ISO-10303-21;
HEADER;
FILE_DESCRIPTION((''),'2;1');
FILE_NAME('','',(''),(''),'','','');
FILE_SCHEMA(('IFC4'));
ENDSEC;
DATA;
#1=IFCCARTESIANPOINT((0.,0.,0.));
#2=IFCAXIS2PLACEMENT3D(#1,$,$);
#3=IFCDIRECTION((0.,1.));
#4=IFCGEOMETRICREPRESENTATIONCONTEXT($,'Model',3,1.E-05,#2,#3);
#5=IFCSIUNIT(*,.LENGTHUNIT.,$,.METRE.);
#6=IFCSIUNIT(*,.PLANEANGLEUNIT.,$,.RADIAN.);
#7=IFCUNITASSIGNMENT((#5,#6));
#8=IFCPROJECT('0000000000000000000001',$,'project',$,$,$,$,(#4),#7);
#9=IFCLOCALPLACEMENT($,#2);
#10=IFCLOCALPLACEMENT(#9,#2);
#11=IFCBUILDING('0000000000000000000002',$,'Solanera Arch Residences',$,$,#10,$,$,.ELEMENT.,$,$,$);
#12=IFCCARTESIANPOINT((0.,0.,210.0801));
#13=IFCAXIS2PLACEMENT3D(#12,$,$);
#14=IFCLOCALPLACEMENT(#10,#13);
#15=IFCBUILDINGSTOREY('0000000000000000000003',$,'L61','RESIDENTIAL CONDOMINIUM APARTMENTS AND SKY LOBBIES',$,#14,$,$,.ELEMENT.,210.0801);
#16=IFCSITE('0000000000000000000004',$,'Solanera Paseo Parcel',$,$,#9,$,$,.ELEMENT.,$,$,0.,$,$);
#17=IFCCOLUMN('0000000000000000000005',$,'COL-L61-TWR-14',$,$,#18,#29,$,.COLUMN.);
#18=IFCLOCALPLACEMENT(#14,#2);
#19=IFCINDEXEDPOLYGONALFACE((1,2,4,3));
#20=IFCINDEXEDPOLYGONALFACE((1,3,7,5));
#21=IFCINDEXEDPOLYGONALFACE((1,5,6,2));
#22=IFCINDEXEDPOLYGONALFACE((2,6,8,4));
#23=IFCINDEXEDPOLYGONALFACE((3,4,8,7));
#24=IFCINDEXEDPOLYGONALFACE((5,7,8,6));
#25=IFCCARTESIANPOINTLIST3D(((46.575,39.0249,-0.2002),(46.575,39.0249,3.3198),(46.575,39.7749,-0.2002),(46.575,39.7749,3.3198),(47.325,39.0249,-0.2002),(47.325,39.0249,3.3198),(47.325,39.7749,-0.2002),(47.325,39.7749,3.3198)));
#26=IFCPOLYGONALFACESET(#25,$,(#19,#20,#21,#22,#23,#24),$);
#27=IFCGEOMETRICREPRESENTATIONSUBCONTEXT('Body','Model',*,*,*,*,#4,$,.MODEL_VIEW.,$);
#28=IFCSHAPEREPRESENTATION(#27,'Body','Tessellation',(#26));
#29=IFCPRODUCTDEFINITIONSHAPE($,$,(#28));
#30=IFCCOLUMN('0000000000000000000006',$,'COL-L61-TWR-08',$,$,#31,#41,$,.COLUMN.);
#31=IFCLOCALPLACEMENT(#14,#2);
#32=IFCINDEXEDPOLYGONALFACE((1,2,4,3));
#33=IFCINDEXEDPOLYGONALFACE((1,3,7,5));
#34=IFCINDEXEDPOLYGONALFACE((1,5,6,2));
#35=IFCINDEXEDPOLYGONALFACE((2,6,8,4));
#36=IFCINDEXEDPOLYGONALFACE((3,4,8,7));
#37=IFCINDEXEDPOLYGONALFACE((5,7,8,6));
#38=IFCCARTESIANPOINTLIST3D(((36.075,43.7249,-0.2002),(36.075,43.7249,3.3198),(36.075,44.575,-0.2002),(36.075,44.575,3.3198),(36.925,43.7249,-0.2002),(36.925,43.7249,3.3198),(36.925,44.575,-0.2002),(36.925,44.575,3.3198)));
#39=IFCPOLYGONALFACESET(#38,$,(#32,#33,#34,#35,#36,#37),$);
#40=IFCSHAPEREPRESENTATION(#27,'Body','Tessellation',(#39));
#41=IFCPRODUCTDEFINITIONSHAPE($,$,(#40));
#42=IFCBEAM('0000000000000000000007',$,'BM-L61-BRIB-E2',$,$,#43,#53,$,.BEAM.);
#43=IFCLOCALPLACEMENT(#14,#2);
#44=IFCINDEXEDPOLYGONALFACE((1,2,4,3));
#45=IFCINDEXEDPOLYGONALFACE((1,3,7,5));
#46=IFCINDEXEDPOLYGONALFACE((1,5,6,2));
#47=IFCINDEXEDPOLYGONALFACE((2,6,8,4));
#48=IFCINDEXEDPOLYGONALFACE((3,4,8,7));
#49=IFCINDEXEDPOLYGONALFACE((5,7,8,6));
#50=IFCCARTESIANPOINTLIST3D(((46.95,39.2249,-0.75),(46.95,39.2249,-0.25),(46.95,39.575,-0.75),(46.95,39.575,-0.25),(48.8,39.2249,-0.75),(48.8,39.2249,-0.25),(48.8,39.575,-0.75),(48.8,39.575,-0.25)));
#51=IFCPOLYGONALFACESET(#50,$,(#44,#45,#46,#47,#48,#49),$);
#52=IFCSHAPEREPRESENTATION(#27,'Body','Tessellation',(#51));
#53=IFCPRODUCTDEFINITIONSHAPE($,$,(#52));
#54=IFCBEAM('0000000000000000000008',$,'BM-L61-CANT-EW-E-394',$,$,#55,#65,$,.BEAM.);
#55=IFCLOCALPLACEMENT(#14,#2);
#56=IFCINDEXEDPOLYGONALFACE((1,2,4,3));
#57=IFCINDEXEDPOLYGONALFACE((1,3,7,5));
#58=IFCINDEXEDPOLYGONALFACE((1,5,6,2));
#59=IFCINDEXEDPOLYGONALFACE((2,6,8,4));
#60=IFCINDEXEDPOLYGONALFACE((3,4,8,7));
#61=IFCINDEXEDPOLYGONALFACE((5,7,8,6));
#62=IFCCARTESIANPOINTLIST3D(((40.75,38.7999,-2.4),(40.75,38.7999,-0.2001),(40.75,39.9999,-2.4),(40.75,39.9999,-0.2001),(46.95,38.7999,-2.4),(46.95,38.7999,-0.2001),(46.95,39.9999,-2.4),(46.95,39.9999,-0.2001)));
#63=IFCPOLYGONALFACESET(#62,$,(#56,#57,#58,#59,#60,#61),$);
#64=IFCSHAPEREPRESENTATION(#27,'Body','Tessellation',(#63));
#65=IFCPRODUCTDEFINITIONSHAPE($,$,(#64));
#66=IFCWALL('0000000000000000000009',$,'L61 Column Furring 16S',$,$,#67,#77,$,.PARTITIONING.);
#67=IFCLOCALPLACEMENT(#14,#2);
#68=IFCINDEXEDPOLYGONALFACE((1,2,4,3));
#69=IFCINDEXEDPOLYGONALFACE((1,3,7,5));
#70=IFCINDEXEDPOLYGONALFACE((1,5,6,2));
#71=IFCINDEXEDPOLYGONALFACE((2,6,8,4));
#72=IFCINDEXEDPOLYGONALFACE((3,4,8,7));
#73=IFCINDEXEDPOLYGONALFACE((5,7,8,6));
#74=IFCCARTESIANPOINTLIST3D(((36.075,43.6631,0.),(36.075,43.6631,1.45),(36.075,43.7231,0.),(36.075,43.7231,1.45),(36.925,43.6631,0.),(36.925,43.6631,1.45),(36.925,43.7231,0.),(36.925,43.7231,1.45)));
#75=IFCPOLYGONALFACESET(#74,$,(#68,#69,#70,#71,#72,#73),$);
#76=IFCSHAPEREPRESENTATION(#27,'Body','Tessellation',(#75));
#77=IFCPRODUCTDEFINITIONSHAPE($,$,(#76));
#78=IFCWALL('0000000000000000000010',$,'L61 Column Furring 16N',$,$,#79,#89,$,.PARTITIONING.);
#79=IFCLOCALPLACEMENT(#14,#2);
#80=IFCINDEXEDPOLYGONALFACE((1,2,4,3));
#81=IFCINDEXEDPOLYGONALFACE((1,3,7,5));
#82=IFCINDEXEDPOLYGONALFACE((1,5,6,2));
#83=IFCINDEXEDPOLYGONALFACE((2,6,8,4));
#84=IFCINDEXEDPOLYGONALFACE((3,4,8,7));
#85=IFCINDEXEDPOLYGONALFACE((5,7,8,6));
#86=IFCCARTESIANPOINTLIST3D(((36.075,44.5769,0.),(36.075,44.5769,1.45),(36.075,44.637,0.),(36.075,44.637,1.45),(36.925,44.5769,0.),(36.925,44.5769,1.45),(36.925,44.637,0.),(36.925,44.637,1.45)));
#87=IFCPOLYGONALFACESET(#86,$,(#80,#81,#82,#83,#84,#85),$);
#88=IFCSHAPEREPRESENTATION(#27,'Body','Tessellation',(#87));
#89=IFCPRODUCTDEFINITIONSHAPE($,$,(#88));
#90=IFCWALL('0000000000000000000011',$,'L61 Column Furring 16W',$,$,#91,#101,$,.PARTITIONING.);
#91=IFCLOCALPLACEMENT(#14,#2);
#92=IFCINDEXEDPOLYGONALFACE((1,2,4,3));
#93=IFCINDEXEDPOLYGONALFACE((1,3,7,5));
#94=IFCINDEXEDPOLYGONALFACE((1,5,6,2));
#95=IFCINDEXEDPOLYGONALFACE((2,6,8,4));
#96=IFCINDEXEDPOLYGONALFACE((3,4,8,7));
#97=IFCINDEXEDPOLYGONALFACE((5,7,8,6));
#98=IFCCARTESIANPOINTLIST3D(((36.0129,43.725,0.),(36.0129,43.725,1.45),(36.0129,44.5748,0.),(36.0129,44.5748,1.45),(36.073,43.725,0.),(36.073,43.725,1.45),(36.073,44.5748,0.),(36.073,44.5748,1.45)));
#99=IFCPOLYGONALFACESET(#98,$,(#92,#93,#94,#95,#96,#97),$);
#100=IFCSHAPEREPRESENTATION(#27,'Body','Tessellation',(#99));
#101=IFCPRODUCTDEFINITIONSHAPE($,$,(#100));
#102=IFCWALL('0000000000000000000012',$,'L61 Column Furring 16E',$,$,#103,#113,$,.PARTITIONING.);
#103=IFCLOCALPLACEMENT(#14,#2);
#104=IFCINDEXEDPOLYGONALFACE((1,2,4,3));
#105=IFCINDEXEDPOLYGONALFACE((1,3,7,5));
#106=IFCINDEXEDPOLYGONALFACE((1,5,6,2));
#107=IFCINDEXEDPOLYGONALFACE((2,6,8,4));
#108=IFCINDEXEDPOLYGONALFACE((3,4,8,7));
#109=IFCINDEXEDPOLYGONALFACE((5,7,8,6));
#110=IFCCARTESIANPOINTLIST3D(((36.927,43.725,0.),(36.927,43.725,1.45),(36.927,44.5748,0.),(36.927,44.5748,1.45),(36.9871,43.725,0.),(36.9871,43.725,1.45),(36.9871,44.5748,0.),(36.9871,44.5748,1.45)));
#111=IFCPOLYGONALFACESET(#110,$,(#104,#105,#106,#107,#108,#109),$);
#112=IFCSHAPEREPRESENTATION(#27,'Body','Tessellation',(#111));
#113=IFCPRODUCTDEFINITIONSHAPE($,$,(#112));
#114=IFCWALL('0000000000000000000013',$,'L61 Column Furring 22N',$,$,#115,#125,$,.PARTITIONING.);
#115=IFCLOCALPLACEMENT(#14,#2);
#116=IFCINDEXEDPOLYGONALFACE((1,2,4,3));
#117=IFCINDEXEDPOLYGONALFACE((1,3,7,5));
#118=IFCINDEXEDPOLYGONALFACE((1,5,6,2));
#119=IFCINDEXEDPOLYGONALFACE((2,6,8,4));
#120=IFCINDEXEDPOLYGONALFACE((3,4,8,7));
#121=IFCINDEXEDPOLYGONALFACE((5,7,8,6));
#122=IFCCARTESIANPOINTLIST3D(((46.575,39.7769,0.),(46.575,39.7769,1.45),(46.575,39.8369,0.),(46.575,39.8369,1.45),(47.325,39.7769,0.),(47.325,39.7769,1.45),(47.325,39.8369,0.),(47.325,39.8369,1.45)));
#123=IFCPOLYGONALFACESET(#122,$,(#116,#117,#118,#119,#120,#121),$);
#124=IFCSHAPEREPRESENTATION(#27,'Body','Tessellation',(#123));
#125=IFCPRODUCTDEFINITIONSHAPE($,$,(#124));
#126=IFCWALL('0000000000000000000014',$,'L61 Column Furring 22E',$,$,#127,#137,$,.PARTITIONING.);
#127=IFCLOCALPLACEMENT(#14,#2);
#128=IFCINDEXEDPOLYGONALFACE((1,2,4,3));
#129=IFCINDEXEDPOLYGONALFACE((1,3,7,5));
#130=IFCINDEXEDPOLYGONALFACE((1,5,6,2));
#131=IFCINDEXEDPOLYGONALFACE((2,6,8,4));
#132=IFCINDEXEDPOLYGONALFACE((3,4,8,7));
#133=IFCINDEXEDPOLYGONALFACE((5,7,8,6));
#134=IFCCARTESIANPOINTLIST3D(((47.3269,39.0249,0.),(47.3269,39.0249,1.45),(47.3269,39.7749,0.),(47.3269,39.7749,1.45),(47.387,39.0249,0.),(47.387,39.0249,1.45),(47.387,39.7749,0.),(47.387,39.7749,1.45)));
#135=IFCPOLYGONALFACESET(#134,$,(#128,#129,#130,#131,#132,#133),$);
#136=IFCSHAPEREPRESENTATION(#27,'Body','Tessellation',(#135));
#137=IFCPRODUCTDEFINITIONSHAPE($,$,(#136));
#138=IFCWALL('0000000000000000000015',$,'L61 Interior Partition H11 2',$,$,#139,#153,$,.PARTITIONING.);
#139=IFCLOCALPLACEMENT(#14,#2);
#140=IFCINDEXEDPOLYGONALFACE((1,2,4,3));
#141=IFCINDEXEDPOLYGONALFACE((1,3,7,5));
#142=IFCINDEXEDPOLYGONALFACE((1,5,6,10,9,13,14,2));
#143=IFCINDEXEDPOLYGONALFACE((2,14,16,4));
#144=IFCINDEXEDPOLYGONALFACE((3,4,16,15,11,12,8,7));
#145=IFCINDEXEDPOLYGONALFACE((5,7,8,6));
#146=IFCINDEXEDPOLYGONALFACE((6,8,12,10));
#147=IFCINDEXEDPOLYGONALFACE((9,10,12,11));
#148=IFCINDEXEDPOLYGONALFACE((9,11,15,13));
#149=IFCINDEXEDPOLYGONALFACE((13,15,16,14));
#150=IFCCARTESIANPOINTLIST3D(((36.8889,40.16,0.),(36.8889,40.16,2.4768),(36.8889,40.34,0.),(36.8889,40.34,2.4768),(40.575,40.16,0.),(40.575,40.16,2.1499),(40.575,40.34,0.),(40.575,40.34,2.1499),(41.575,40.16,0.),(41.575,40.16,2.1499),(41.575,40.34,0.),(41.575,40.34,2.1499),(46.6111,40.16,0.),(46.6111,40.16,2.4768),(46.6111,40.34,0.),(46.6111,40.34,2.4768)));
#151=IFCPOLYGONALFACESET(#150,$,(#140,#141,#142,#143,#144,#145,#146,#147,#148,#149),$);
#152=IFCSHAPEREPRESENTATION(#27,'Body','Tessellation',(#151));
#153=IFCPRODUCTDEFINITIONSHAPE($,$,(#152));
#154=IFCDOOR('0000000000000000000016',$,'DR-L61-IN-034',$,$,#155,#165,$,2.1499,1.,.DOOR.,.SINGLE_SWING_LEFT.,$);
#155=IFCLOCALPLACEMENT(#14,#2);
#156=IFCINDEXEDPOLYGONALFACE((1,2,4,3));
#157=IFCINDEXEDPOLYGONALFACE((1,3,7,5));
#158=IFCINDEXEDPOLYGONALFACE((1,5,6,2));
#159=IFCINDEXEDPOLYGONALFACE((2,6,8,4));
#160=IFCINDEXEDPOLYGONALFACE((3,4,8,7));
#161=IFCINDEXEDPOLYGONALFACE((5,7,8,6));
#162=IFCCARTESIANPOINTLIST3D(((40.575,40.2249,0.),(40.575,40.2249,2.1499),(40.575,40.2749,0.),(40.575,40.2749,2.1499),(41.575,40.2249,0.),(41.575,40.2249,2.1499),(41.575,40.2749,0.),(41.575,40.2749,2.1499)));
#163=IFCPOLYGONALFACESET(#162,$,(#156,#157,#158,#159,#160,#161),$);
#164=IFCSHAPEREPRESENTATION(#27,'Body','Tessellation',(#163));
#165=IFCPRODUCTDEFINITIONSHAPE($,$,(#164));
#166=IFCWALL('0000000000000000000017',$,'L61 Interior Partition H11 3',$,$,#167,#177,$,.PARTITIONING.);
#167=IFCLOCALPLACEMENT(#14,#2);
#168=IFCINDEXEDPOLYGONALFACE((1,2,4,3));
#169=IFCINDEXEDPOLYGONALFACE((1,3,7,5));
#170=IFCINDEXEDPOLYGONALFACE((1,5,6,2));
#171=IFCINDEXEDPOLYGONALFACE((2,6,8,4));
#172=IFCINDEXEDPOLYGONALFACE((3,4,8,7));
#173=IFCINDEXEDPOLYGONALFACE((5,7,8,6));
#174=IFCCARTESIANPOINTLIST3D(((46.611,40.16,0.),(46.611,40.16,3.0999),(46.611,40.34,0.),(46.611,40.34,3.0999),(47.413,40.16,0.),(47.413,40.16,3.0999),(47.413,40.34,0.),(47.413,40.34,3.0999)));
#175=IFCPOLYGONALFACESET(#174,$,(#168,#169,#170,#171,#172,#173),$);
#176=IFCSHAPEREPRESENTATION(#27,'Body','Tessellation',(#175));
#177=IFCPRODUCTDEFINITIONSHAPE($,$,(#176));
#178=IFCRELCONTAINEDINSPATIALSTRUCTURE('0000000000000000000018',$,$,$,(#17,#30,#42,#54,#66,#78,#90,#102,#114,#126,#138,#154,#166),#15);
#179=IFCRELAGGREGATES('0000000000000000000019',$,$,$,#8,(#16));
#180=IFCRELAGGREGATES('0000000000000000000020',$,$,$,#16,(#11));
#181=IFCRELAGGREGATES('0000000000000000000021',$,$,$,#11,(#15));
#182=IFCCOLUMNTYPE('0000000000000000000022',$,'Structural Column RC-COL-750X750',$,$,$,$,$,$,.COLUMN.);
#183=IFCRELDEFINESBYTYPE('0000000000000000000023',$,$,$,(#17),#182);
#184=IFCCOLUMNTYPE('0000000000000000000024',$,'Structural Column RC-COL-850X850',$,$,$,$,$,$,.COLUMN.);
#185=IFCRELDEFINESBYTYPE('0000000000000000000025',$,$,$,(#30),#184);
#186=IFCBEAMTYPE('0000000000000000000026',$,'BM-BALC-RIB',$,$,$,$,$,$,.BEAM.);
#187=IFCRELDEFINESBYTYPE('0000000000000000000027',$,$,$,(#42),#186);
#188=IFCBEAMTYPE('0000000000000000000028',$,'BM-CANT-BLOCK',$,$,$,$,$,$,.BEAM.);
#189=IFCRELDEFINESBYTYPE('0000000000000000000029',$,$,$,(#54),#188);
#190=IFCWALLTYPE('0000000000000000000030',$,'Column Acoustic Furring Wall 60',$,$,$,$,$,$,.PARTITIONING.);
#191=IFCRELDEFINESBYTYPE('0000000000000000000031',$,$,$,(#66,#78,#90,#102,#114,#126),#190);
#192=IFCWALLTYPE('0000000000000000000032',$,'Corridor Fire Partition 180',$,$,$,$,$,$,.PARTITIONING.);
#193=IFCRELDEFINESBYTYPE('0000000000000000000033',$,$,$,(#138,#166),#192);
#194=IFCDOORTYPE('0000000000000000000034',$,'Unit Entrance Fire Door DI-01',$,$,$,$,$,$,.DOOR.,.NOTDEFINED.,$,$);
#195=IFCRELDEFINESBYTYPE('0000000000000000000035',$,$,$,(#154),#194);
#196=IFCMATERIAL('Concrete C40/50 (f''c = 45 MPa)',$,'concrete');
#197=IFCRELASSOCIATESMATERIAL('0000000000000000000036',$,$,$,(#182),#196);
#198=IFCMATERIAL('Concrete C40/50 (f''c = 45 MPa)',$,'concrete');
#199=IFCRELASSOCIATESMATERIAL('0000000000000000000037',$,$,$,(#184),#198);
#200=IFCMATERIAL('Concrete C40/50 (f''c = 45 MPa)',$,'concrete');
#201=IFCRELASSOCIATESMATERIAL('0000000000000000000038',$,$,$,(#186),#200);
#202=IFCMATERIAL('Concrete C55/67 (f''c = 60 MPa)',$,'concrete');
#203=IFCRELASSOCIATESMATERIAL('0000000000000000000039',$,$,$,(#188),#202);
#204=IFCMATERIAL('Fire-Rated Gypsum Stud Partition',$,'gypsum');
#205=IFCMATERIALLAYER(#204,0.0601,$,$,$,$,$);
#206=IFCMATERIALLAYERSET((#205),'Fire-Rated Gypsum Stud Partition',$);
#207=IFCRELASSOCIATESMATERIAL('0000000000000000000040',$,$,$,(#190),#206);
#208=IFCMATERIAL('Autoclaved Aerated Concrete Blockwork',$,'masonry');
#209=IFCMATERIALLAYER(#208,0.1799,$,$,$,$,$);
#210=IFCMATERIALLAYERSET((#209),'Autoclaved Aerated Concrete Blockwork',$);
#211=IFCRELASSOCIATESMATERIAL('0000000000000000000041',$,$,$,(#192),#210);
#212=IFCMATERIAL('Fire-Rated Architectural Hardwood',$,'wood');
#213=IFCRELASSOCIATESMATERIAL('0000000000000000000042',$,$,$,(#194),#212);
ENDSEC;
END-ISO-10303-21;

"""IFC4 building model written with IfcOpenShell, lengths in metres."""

from ifc_helpers import new_model, si_unit, direction, frame, frame_2d, origin, origin_2d, place, context, subcontext, project, spatial, rectangle, extrude, material, layer, layer_set, material_profile, profile_set, type_object, element, fill, save


model = new_model("IFC4")

# Units and contexts
model_context = context("Model", 3, precision=1e-05, world=origin(), true_north=direction((0.0, 1.0)))
body_context = subcontext(model_context, "Body", "Model", "MODEL_VIEW")
ifc_project = project(units=[si_unit("LENGTHUNIT", "METRE"), si_unit("PLANEANGLEUNIT", "RADIAN")], contexts=[model_context])

# Site, building, storey
site_placement = place(None, origin())
site = spatial("IfcSite", under=ifc_project, at=site_placement, Name="Solanera Paseo Parcel", CompositionType="ELEMENT", RefElevation=0.0)
building_placement = place(site_placement, origin())
building = spatial("IfcBuilding", under=site, at=building_placement, Name="Solanera Arch Residences", CompositionType="ELEMENT")
storey_placement = place(building_placement, frame((0.0, 0.0, 210.0801)))
storey = spatial("IfcBuildingStorey", under=building, at=storey_placement, Name="L61", Description="RESIDENTIAL CONDOMINIUM APARTMENTS AND SKY LOBBIES", CompositionType="ELEMENT", Elevation=210.0801)

# Columns
ifc_material_1 = material(Name="Concrete C40/50 (f'c = 45 MPa)", Category="concrete")
ifc_material_profile_1 = material_profile(ifc_material_1, rectangle(XDim=0.75, YDim=0.75, at=origin_2d()))
ifc_profile_set_1 = profile_set([ifc_material_profile_1], Name="Concrete C40/50 (f'c = 45 MPa)")
column_type_1 = type_object("IfcColumnType", Name="Structural Column RC-COL-750X750", PredefinedType="COLUMN", material=ifc_profile_set_1)
column_1_placement = place(storey_placement, frame((46.95, 39.3999, -0.2002), z_axis=(0.0, 0.0, 1.0), x_axis=(1.0, 0.0, 0.0)))
element("IfcColumn", 1, at=column_1_placement, inside=storey, type_object=column_type_1, Name="COL-L61-TWR-14", PredefinedType="COLUMN", context=body_context, shape_type="SweptSolid", body=[
    extrude(rectangle(XDim=0.75, YDim=0.75, at=origin_2d()), origin(), (0.0, 0.0, 1.0), 3.52),
])
ifc_material_2 = material(Name="Concrete C40/50 (f'c = 45 MPa)", Category="concrete")
ifc_material_profile_2 = material_profile(ifc_material_2, rectangle(XDim=0.8501, YDim=0.8501, at=origin_2d()))
ifc_profile_set_2 = profile_set([ifc_material_profile_2], Name="Concrete C40/50 (f'c = 45 MPa)")
column_type_2 = type_object("IfcColumnType", Name="Structural Column RC-COL-850X850", PredefinedType="COLUMN", material=ifc_profile_set_2)
column_2_placement = place(storey_placement, frame((36.5, 44.1499, -0.2002), z_axis=(0.0, 0.0, 1.0), x_axis=(1.0, 0.0, 0.0)))
element("IfcColumn", 2, at=column_2_placement, inside=storey, type_object=column_type_2, Name="COL-L61-TWR-08", PredefinedType="COLUMN", context=body_context, shape_type="SweptSolid", body=[
    extrude(rectangle(XDim=0.8501, YDim=0.8501, at=origin_2d()), origin(), (0.0, 0.0, 1.0), 3.52),
])

# Beams
ifc_material_3 = material(Name="Concrete C40/50 (f'c = 45 MPa)", Category="concrete")
ifc_material_profile_3 = material_profile(ifc_material_3, rectangle(XDim=0.3501, YDim=0.5, at=origin_2d()))
ifc_profile_set_3 = profile_set([ifc_material_profile_3], Name="Concrete C40/50 (f'c = 45 MPa)")
beam_type_1 = type_object("IfcBeamType", Name="BM-BALC-RIB", PredefinedType="BEAM", material=ifc_profile_set_3)
beam_1_placement = place(storey_placement, frame((46.95, 39.3999, -0.5), z_axis=(1.0, 0.0, 0.0), x_axis=(0.0, 1.0, 0.0)))
element("IfcBeam", 3, at=beam_1_placement, inside=storey, type_object=beam_type_1, Name="BM-L61-BRIB-E2", PredefinedType="BEAM", context=body_context, shape_type="SweptSolid", body=[
    extrude(rectangle(XDim=0.3501, YDim=0.5, at=origin_2d()), origin(), (0.0, 0.0, 1.0), 1.8501),
])
ifc_material_4 = material(Name="Concrete C55/67 (f'c = 60 MPa)", Category="concrete")
ifc_material_profile_4 = material_profile(ifc_material_4, rectangle(XDim=1.2, YDim=2.2, at=origin_2d()))
ifc_profile_set_4 = profile_set([ifc_material_profile_4], Name="Concrete C55/67 (f'c = 60 MPa)")
beam_type_2 = type_object("IfcBeamType", Name="BM-CANT-BLOCK", PredefinedType="BEAM", material=ifc_profile_set_4)
beam_2_placement = place(storey_placement, frame((40.75, 39.3999, -1.3), z_axis=(1.0, 0.0, 0.0), x_axis=(0.0, 1.0, 0.0)))
element("IfcBeam", 4, at=beam_2_placement, inside=storey, type_object=beam_type_2, Name="BM-L61-CANT-EW-E-394", PredefinedType="BEAM", context=body_context, shape_type="SweptSolid", body=[
    extrude(rectangle(XDim=1.2, YDim=2.2, at=origin_2d()), origin(), (0.0, 0.0, 1.0), 6.2),
])

# Walls
ifc_material_5 = material(Name="Fire-Rated Gypsum Stud Partition", Category="gypsum")
ifc_layer_1 = layer(ifc_material_5, 0.0601)
ifc_layer_set_1 = layer_set([ifc_layer_1], Name="Fire-Rated Gypsum Stud Partition")
wall_type_1 = type_object("IfcWallType", Name="Column Acoustic Furring Wall 60", PredefinedType="PARTITIONING", material=ifc_layer_set_1)
for number, where, z_axis, x_axis, name in (
    (5, (36.075, 43.6931, 0.0), (0.0, 0.0, 1.0), (1.0, 0.0, 0.0), "L61 Column Furring 16S"),
    (6, (36.075, 44.6069, 0.0), (0.0, 0.0, 1.0), (1.0, 0.0, 0.0), "L61 Column Furring 16N"),
):
    element("IfcWall", number, at=place(storey_placement, frame(where, z_axis=z_axis, x_axis=x_axis)), inside=storey, type_object=wall_type_1, Name=name, PredefinedType="PARTITIONING", context=body_context, shape_type="SweptSolid", body=[
        extrude(rectangle(XDim=0.8501, YDim=0.0601, at=frame_2d((0.425, 0.0))), origin(), (0.0, 0.0, 1.0), 1.45),
    ])
for number, where, z_axis, x_axis, name in (
    (7, (36.043, 43.7251, 0.0), (0.0, 0.0, 1.0), (0.0, 1.0, 0.0), "L61 Column Furring 16W"),
    (8, (36.957, 43.7251, 0.0), (0.0, 0.0, 1.0), (0.0, 1.0, 0.0), "L61 Column Furring 16E"),
):
    element("IfcWall", number, at=place(storey_placement, frame(where, z_axis=z_axis, x_axis=x_axis)), inside=storey, type_object=wall_type_1, Name=name, PredefinedType="PARTITIONING", context=body_context, shape_type="SweptSolid", body=[
        extrude(rectangle(XDim=0.8499, YDim=0.0601, at=frame_2d((0.4248, 0.0))), origin(), (0.0, 0.0, 1.0), 1.45),
    ])
for number, where, z_axis, x_axis, name in (
    (9, (46.575, 39.8069, 0.0), (0.0, 0.0, 1.0), (1.0, 0.0, 0.0), "L61 Column Furring 22N"),
    (10, (47.3569, 39.0249, 0.0), (0.0, 0.0, 1.0), (0.0, 1.0, 0.0), "L61 Column Furring 22E"),
):
    element("IfcWall", number, at=place(storey_placement, frame(where, z_axis=z_axis, x_axis=x_axis)), inside=storey, type_object=wall_type_1, Name=name, PredefinedType="PARTITIONING", context=body_context, shape_type="SweptSolid", body=[
        extrude(rectangle(XDim=0.75, YDim=0.0601, at=frame_2d((0.375, 0.0))), origin(), (0.0, 0.0, 1.0), 1.45),
    ])

# Wall, opening, door
ifc_material_6 = material(Name="Autoclaved Aerated Concrete Blockwork", Category="masonry")
ifc_layer_2 = layer(ifc_material_6, 0.1799)
ifc_layer_set_2 = layer_set([ifc_layer_2], Name="Autoclaved Aerated Concrete Blockwork")
wall_type_2 = type_object("IfcWallType", Name="Corridor Fire Partition 180", PredefinedType="PARTITIONING", material=ifc_layer_set_2)
wall_1_placement = place(storey_placement, frame((36.8889, 40.25, 0.0), z_axis=(0.0, 0.0, 1.0), x_axis=(1.0, 0.0, 0.0)))
wall_1 = element("IfcWall", 11, at=wall_1_placement, inside=storey, type_object=wall_type_2, Name="L61 Interior Partition H11 2", PredefinedType="PARTITIONING", context=body_context, shape_type="SweptSolid", body=[
    extrude(rectangle(XDim=9.7222, YDim=0.1799, at=frame_2d((4.8611, 0.0))), origin(), (0.0, 0.0, 1.0), 2.4768),
])
opening_1_placement = place(wall_1_placement, frame((3.686, 0.0, 0.0)))
opening_1 = element("IfcOpeningElement", 12, at=opening_1_placement, cuts=wall_1, PredefinedType="OPENING", context=body_context, shape_type="SweptSolid", body=[
    extrude(rectangle(XDim=1.0, YDim=2.1499, at=frame_2d((0.5, 1.075))), frame((0.0, 0.1001, 0.0), z_axis=(0.0, -1.0, 0.0), x_axis=(1.0, 0.0, 0.0)), (0.0, 0.0, 1.0), 0.1999),
])
ifc_material_7 = material(Name="Fire-Rated Architectural Hardwood", Category="wood")
door_type_1 = type_object("IfcDoorType", Name="Unit Entrance Fire Door DI-01", OperationType="NOTDEFINED", PredefinedType="DOOR", material=ifc_material_7)
door_1_placement = place(opening_1_placement, origin())
door_1 = element("IfcDoor", 13, at=door_1_placement, inside=storey, type_object=door_type_1, Name="DR-L61-IN-034", OperationType="SINGLE_SWING_LEFT", OverallHeight=2.1499, OverallWidth=1.0, PredefinedType="DOOR", context=body_context, shape_type="SweptSolid", body=[
    extrude(rectangle(XDim=1.0, YDim=2.1499, at=frame_2d((0.5, 1.075))), frame((0.0, 0.0249, 0.0), z_axis=(0.0, -1.0, 0.0), x_axis=(1.0, 0.0, 0.0)), (0.0, 0.0, 1.0), 0.05),
])
fill(opening_1, door_1)

# Wall
wall_2_placement = place(storey_placement, frame((46.6111, 40.25, 0.0), z_axis=(0.0, 0.0, 1.0), x_axis=(1.0, 0.0, 0.0)))
element("IfcWall", 14, at=wall_2_placement, inside=storey, type_object=wall_type_2, Name="L61 Interior Partition H11 3", PredefinedType="PARTITIONING", context=body_context, shape_type="SweptSolid", body=[
    extrude(rectangle(XDim=0.802, YDim=0.1799, at=frame_2d((0.4009, 0.0))), origin(), (0.0, 0.0, 1.0), 3.0999),
])

save(model, "model.ifc")
